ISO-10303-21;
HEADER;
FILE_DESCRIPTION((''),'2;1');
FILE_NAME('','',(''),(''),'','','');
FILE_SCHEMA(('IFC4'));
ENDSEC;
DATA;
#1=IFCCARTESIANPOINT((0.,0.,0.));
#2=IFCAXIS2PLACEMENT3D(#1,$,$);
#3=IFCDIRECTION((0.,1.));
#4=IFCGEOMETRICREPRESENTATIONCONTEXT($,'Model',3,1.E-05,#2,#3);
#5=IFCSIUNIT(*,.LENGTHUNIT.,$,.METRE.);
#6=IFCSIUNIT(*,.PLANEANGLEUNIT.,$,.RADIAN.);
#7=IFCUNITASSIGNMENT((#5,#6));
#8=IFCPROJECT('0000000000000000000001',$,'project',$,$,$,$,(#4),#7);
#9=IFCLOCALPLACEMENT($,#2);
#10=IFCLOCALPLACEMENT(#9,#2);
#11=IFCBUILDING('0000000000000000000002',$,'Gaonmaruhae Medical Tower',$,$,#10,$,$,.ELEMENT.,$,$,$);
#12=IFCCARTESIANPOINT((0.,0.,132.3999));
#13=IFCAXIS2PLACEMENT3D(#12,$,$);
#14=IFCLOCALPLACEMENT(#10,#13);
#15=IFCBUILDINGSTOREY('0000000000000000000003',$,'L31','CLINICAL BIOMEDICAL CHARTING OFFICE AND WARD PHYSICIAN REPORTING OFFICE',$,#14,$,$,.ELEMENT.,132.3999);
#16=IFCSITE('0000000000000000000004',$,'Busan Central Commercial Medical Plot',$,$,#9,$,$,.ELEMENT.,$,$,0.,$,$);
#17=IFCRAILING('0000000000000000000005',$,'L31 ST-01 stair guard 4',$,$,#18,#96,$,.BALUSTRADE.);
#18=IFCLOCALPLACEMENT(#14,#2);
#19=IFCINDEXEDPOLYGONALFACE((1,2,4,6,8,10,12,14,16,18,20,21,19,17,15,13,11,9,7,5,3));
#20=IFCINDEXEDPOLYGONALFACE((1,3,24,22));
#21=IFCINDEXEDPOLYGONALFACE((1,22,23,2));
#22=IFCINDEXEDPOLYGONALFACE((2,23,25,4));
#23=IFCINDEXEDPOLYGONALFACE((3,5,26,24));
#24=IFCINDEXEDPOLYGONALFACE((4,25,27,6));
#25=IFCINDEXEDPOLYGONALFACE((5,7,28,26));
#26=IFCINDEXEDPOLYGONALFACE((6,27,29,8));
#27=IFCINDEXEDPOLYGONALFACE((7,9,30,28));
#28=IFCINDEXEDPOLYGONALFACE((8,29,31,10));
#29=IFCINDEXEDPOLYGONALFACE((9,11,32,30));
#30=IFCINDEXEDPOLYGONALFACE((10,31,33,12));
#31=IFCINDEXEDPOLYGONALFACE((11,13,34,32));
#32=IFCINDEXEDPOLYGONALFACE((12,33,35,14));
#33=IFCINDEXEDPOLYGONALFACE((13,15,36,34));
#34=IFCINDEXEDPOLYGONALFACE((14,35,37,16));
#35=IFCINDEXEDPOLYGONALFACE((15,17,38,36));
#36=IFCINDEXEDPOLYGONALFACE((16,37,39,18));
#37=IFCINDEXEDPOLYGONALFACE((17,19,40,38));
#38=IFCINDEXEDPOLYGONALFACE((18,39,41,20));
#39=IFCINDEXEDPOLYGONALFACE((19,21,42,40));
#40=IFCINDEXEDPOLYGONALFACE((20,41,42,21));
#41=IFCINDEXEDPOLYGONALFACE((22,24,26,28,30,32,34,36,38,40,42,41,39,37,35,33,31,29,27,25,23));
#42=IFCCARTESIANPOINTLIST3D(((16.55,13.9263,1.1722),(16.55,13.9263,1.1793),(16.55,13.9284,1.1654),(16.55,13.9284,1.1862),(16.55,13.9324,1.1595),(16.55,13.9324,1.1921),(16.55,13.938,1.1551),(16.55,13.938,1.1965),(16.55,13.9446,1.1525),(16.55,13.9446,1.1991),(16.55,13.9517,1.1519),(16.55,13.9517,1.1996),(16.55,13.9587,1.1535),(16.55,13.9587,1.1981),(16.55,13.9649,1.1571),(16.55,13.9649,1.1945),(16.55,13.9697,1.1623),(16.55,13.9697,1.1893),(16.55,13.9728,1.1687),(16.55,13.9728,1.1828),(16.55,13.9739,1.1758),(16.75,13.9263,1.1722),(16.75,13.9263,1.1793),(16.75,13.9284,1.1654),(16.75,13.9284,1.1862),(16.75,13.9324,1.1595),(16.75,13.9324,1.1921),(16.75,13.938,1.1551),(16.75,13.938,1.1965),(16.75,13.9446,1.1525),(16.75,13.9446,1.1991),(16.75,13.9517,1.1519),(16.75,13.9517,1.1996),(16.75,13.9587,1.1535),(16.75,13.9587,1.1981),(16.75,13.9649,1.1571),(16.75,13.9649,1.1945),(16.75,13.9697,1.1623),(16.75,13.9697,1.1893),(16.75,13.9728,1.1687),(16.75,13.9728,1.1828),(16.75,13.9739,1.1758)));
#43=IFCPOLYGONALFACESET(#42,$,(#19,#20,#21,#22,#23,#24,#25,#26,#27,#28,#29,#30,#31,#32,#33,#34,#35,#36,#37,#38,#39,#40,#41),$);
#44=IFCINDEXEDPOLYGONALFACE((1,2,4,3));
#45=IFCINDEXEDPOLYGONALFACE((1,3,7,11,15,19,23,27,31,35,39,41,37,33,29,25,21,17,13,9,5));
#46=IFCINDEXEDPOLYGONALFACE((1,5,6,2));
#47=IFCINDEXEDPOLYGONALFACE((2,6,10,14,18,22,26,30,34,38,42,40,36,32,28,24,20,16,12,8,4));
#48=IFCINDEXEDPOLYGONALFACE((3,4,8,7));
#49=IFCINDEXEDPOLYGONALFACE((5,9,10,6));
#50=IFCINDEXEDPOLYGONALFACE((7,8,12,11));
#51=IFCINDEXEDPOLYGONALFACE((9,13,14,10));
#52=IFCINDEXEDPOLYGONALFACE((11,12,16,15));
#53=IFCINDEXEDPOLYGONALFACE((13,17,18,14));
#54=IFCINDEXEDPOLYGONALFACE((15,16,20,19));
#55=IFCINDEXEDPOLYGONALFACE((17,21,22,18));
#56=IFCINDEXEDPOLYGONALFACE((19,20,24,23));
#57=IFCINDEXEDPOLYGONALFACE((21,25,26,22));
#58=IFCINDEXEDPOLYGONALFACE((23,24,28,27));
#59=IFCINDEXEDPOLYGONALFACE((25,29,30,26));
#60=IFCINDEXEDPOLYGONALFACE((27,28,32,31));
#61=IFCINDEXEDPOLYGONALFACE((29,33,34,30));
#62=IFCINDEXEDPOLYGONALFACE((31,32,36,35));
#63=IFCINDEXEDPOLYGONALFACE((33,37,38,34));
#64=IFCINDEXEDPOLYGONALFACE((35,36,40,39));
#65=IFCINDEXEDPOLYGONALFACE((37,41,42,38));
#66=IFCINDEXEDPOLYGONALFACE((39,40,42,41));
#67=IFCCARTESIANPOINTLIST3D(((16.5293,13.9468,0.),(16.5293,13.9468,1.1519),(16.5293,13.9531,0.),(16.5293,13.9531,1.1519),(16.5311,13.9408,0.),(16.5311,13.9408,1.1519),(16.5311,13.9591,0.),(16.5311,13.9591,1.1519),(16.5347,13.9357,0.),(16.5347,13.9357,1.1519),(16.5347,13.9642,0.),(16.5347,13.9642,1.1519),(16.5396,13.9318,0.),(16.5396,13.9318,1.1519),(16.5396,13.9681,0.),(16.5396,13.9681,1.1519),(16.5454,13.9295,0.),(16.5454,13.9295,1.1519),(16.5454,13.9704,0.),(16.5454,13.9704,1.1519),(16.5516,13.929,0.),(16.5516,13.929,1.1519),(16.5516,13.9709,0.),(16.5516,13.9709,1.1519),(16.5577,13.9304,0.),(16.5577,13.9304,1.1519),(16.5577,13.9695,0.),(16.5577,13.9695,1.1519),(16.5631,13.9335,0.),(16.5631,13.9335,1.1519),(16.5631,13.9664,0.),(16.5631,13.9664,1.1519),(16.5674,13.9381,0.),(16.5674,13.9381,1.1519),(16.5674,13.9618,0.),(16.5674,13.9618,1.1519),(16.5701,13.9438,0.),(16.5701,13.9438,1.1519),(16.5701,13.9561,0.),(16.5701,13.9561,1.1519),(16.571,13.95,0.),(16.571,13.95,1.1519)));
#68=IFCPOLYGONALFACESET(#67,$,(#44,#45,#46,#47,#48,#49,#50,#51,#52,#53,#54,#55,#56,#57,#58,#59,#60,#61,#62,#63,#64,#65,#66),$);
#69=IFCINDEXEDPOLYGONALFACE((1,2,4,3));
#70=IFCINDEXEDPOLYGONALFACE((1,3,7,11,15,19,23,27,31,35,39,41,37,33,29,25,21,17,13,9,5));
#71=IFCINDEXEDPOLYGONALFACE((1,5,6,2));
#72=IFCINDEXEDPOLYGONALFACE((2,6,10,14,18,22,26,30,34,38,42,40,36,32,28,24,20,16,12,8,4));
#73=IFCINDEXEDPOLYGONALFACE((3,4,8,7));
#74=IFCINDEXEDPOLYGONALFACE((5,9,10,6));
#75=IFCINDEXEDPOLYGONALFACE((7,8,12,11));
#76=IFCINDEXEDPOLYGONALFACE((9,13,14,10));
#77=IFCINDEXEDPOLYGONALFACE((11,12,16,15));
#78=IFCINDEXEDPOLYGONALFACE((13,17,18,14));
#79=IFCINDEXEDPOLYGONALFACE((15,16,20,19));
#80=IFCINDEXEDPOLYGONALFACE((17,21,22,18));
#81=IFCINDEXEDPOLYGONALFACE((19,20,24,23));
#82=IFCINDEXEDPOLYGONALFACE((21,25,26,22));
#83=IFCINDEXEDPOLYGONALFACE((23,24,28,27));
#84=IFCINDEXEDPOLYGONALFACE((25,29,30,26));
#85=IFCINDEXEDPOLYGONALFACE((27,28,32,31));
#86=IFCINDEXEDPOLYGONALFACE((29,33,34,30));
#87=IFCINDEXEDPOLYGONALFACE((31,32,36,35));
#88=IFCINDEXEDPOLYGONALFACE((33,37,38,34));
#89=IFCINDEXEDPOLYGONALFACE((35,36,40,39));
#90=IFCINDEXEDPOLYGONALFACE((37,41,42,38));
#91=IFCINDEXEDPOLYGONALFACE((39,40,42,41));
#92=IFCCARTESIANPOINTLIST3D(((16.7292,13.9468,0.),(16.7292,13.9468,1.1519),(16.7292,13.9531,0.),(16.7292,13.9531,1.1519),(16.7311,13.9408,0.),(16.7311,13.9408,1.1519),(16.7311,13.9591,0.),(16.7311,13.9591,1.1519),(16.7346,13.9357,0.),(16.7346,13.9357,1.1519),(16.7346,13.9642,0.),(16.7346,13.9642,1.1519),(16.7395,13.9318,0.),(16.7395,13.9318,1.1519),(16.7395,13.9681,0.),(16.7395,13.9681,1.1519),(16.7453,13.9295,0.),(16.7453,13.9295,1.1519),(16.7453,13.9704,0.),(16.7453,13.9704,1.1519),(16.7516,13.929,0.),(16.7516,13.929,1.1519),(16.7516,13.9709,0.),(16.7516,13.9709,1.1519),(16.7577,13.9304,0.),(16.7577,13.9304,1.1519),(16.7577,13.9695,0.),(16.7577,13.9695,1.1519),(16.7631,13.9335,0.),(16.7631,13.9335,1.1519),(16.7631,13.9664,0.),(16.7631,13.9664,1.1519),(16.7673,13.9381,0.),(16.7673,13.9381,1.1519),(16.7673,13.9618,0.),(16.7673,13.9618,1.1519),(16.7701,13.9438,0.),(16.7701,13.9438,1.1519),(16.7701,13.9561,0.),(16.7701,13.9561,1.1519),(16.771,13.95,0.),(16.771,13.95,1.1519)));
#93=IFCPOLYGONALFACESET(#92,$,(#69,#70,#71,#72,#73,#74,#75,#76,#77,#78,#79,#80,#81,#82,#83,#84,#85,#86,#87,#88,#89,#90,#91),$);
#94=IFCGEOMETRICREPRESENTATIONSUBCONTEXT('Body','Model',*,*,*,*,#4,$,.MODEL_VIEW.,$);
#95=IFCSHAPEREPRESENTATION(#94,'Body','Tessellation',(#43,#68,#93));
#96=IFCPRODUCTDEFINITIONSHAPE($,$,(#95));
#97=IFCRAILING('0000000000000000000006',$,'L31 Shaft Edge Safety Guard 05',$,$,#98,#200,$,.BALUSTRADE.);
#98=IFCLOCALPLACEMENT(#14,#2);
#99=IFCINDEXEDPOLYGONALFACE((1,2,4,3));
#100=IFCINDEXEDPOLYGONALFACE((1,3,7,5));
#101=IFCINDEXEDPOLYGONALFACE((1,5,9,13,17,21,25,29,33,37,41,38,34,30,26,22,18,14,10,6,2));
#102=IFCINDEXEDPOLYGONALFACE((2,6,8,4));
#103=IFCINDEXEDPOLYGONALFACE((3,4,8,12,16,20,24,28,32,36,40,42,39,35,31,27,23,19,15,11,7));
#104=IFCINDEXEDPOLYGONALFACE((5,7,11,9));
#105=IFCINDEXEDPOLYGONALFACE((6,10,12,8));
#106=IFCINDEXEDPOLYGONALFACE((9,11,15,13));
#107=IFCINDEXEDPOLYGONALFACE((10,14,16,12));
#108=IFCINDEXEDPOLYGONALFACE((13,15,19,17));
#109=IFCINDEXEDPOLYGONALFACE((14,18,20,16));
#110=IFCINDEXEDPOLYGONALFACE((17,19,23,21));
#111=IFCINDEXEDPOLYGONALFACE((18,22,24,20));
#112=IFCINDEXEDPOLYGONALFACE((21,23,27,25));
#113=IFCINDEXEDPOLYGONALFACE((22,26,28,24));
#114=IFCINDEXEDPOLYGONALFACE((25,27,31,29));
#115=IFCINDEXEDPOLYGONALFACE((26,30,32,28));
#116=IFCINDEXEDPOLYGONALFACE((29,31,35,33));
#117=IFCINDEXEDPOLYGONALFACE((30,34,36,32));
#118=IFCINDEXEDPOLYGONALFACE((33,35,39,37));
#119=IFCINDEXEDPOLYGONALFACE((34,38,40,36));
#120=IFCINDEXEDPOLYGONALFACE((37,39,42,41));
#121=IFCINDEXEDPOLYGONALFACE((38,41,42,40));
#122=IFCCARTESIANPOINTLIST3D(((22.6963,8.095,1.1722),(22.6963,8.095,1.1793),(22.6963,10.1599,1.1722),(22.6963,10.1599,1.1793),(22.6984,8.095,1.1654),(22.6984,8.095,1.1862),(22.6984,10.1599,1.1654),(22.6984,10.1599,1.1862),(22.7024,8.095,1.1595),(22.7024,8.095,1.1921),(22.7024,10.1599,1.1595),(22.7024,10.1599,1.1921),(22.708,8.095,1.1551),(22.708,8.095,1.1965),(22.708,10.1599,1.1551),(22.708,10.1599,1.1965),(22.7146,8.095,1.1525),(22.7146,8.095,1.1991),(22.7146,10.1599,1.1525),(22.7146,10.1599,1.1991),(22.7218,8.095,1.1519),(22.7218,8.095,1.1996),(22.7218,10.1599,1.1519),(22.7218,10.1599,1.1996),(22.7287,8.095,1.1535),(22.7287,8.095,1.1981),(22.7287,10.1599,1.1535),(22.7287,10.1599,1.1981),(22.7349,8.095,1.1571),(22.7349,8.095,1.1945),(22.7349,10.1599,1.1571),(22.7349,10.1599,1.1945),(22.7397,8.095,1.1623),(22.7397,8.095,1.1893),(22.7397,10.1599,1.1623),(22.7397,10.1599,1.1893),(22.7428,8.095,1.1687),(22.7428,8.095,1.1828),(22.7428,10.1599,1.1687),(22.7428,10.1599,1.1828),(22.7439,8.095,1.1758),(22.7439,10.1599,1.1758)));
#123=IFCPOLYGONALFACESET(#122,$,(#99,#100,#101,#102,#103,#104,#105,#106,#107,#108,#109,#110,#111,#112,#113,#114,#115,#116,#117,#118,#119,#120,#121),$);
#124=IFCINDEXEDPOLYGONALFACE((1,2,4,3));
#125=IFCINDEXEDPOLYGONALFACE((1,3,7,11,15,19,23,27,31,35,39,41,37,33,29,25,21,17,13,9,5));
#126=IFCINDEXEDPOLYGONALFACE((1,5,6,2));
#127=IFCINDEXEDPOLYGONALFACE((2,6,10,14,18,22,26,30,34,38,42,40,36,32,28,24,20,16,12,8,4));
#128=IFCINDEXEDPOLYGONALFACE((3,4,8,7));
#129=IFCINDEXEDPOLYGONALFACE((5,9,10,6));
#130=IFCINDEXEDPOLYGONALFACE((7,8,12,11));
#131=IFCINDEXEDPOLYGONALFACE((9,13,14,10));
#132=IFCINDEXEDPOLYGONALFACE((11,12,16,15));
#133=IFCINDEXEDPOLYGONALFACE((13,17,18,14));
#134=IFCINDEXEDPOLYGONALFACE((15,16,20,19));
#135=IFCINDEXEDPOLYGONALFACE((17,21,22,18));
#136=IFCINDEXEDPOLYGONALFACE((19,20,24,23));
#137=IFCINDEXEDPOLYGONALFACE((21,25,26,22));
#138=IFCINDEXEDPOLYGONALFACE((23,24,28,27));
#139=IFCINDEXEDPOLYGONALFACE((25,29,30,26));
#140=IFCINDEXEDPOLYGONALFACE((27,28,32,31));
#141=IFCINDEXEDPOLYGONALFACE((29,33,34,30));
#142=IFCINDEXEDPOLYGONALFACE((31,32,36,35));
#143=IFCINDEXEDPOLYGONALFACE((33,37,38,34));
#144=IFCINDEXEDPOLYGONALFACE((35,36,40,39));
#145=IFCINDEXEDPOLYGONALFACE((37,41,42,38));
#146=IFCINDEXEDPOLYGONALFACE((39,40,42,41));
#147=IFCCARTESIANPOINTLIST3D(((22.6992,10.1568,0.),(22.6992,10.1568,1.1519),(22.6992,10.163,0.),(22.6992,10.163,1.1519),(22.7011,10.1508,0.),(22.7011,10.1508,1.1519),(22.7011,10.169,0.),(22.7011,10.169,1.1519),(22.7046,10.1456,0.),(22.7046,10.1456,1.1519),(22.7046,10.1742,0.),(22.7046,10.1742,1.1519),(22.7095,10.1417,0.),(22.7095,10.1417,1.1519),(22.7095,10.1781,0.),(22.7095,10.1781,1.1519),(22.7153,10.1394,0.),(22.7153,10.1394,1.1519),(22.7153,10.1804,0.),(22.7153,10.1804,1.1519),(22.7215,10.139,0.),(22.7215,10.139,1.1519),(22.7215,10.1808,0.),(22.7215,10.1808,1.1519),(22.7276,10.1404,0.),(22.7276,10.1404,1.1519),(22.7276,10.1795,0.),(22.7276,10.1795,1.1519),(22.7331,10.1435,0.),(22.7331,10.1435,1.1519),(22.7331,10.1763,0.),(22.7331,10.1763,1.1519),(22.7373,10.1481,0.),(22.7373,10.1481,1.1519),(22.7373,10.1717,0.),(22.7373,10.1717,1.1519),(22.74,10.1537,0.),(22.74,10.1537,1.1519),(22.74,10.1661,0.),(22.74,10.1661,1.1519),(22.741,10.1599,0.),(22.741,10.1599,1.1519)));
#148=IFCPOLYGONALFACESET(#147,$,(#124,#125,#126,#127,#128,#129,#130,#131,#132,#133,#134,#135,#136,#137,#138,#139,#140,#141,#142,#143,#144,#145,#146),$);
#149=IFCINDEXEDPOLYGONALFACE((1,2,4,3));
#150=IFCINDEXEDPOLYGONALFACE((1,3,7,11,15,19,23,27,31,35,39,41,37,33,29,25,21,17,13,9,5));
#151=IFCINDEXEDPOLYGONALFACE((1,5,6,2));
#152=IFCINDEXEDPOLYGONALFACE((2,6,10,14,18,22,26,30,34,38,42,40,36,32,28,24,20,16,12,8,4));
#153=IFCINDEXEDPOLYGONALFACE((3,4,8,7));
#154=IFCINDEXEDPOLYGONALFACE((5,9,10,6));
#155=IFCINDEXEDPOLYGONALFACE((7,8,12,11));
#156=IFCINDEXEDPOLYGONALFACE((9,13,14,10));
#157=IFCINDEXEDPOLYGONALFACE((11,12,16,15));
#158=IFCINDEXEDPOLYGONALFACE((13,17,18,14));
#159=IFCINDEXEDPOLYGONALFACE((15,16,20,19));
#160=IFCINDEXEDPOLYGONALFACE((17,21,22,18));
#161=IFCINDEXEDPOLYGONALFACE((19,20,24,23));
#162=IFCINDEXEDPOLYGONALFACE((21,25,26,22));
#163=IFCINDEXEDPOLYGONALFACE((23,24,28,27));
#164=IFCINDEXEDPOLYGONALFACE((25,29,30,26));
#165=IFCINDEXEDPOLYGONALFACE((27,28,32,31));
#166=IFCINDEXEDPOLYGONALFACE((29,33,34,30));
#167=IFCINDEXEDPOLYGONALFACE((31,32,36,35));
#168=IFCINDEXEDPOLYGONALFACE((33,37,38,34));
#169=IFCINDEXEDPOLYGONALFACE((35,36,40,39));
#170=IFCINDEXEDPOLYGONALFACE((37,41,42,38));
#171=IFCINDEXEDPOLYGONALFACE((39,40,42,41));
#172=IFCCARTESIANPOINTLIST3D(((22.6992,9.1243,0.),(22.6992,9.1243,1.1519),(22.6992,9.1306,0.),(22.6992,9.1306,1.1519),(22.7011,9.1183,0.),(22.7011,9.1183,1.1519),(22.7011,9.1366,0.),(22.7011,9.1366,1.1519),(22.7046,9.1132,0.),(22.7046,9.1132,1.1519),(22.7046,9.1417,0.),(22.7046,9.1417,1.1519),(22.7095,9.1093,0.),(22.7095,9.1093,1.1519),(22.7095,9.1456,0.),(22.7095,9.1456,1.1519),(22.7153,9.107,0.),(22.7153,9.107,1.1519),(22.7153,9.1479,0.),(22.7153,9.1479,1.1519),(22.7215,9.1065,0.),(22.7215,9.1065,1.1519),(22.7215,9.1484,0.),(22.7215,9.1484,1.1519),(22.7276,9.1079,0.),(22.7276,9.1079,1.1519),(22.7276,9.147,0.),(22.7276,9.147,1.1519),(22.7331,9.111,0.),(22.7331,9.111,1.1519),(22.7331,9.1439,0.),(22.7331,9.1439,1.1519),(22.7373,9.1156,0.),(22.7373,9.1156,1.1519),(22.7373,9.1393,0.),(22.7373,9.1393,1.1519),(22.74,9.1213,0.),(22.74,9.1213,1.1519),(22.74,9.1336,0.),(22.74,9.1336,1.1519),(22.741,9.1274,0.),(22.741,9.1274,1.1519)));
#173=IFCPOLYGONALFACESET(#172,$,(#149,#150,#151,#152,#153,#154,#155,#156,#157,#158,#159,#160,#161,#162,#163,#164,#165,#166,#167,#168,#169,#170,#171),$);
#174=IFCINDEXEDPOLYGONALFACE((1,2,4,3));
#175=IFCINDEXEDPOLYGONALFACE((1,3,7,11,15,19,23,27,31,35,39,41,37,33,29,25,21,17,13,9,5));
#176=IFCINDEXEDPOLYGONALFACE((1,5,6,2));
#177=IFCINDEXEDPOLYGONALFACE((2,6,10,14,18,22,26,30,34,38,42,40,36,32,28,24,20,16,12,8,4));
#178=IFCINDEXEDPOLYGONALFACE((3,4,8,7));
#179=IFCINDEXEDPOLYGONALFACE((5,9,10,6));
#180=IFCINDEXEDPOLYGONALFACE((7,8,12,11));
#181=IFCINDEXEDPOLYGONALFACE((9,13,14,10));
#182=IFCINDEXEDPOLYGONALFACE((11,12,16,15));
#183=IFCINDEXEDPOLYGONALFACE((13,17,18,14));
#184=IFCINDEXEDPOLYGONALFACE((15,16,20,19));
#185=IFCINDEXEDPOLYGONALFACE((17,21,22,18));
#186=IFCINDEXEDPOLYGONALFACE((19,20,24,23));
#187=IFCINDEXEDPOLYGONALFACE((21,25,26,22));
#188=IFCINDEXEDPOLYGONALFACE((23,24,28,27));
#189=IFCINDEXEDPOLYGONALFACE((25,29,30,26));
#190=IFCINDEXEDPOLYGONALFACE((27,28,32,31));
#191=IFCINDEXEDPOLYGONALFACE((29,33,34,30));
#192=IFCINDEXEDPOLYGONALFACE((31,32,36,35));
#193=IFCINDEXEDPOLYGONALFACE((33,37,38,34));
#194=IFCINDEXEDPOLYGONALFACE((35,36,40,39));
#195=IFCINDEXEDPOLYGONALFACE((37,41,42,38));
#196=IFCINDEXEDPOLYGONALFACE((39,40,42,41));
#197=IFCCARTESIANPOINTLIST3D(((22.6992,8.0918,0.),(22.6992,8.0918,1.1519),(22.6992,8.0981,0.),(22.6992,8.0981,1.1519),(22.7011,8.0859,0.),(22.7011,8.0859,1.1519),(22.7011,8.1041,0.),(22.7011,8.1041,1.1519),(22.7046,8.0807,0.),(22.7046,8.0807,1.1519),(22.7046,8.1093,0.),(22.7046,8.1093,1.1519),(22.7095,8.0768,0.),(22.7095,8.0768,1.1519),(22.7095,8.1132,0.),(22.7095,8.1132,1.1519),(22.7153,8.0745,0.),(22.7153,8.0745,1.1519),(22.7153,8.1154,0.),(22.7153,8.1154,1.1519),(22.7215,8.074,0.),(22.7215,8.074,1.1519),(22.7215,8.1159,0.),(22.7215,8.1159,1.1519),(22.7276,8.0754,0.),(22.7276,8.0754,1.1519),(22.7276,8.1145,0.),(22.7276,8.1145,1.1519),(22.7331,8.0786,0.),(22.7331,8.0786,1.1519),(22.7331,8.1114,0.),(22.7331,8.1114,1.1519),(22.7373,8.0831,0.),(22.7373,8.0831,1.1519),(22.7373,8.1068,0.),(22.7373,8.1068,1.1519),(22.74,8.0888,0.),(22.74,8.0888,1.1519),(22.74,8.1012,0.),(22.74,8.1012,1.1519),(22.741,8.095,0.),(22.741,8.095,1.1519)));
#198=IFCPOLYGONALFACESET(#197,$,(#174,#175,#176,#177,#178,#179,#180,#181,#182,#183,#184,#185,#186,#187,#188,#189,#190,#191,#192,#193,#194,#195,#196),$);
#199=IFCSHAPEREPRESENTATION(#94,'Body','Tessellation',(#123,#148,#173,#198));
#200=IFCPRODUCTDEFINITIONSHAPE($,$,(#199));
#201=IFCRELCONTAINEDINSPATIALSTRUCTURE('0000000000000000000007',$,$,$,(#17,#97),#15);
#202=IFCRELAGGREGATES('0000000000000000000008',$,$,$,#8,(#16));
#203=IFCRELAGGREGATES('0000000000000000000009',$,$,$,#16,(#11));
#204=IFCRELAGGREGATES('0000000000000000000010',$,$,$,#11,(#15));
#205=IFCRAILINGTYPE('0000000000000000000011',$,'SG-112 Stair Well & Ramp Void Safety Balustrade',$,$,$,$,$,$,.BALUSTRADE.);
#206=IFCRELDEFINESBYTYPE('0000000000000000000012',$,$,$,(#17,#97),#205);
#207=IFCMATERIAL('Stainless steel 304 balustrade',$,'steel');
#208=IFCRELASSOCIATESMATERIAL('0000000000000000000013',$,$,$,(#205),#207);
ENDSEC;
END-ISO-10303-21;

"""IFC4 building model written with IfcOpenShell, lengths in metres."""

from ifc_helpers import new_model, si_unit, direction, frame, origin, origin_2d, place, context, subcontext, project, spatial, circle, extrude, material, type_object, element, save


model = new_model("IFC4")

# Units and contexts
model_context = context("Model", 3, precision=1e-05, world=origin(), true_north=direction((0.0, 1.0)))
body_context = subcontext(model_context, "Body", "Model", "MODEL_VIEW")
ifc_project = project(units=[si_unit("LENGTHUNIT", "METRE"), si_unit("PLANEANGLEUNIT", "RADIAN")], contexts=[model_context])

# Site, building, storey
site_placement = place(None, origin())
site = spatial("IfcSite", under=ifc_project, at=site_placement, Name="Busan Central Commercial Medical Plot", CompositionType="ELEMENT", RefElevation=0.0)
building_placement = place(site_placement, origin())
building = spatial("IfcBuilding", under=site, at=building_placement, Name="Gaonmaruhae Medical Tower", CompositionType="ELEMENT")
storey_placement = place(building_placement, frame((0.0, 0.0, 132.3999)))
storey = spatial("IfcBuildingStorey", under=building, at=storey_placement, Name="L31", Description="CLINICAL BIOMEDICAL CHARTING OFFICE AND WARD PHYSICIAN REPORTING OFFICE", CompositionType="ELEMENT", Elevation=132.3999)

# Railings
ifc_material_1 = material(Name="Stainless steel 304 balustrade", Category="steel")
railing_type_1 = type_object("IfcRailingType", Name="SG-112 Stair Well & Ramp Void Safety Balustrade", PredefinedType="BALUSTRADE", material=ifc_material_1)
railing_1_placement = place(storey_placement, frame((16.55, 13.95, 0.0)))
element("IfcRailing", 1, at=railing_1_placement, inside=storey, type_object=railing_type_1, Name="L31 ST-01 stair guard 4", PredefinedType="BALUSTRADE", context=body_context, shape_type="SweptSolid", body=[
    extrude(circle(Radius=0.0239, at=origin_2d()), frame((0.0, 0.0, 1.1758), z_axis=(1.0, 0.0, 0.0), x_axis=(0.0, 1.0, 0.0)), (0.0, 0.0, 1.0), 0.2),
    extrude(circle(Radius=0.021, at=origin_2d()), origin(), (0.0, 0.0, 1.0), 1.1519),
    extrude(circle(Radius=0.021, at=origin_2d()), frame((0.2, 0.0, 0.0)), (0.0, 0.0, 1.0), 1.1519),
])
railing_2_placement = place(storey_placement, frame((22.72, 10.1599, 0.0)))
element("IfcRailing", 2, at=railing_2_placement, inside=storey, type_object=railing_type_1, Name="L31 Shaft Edge Safety Guard 05", PredefinedType="BALUSTRADE", context=body_context, shape_type="SweptSolid", body=[
    extrude(circle(Radius=0.0239, at=origin_2d()), frame((0.0, 0.0, 1.1758), z_axis=(0.0, -1.0, 0.0), x_axis=(1.0, 0.0, 0.0)), (0.0, 0.0, 1.0), 2.0649),
    extrude(circle(Radius=0.021, at=origin_2d()), origin(), (0.0, 0.0, 1.0), 1.1519),
    extrude(circle(Radius=0.021, at=origin_2d()), frame((0.0, -1.0325, 0.0)), (0.0, 0.0, 1.0), 1.1519),
    extrude(circle(Radius=0.021, at=origin_2d()), frame((0.0, -2.0649, 0.0)), (0.0, 0.0, 1.0), 1.1519),
])

save(model, "model.ifc")
